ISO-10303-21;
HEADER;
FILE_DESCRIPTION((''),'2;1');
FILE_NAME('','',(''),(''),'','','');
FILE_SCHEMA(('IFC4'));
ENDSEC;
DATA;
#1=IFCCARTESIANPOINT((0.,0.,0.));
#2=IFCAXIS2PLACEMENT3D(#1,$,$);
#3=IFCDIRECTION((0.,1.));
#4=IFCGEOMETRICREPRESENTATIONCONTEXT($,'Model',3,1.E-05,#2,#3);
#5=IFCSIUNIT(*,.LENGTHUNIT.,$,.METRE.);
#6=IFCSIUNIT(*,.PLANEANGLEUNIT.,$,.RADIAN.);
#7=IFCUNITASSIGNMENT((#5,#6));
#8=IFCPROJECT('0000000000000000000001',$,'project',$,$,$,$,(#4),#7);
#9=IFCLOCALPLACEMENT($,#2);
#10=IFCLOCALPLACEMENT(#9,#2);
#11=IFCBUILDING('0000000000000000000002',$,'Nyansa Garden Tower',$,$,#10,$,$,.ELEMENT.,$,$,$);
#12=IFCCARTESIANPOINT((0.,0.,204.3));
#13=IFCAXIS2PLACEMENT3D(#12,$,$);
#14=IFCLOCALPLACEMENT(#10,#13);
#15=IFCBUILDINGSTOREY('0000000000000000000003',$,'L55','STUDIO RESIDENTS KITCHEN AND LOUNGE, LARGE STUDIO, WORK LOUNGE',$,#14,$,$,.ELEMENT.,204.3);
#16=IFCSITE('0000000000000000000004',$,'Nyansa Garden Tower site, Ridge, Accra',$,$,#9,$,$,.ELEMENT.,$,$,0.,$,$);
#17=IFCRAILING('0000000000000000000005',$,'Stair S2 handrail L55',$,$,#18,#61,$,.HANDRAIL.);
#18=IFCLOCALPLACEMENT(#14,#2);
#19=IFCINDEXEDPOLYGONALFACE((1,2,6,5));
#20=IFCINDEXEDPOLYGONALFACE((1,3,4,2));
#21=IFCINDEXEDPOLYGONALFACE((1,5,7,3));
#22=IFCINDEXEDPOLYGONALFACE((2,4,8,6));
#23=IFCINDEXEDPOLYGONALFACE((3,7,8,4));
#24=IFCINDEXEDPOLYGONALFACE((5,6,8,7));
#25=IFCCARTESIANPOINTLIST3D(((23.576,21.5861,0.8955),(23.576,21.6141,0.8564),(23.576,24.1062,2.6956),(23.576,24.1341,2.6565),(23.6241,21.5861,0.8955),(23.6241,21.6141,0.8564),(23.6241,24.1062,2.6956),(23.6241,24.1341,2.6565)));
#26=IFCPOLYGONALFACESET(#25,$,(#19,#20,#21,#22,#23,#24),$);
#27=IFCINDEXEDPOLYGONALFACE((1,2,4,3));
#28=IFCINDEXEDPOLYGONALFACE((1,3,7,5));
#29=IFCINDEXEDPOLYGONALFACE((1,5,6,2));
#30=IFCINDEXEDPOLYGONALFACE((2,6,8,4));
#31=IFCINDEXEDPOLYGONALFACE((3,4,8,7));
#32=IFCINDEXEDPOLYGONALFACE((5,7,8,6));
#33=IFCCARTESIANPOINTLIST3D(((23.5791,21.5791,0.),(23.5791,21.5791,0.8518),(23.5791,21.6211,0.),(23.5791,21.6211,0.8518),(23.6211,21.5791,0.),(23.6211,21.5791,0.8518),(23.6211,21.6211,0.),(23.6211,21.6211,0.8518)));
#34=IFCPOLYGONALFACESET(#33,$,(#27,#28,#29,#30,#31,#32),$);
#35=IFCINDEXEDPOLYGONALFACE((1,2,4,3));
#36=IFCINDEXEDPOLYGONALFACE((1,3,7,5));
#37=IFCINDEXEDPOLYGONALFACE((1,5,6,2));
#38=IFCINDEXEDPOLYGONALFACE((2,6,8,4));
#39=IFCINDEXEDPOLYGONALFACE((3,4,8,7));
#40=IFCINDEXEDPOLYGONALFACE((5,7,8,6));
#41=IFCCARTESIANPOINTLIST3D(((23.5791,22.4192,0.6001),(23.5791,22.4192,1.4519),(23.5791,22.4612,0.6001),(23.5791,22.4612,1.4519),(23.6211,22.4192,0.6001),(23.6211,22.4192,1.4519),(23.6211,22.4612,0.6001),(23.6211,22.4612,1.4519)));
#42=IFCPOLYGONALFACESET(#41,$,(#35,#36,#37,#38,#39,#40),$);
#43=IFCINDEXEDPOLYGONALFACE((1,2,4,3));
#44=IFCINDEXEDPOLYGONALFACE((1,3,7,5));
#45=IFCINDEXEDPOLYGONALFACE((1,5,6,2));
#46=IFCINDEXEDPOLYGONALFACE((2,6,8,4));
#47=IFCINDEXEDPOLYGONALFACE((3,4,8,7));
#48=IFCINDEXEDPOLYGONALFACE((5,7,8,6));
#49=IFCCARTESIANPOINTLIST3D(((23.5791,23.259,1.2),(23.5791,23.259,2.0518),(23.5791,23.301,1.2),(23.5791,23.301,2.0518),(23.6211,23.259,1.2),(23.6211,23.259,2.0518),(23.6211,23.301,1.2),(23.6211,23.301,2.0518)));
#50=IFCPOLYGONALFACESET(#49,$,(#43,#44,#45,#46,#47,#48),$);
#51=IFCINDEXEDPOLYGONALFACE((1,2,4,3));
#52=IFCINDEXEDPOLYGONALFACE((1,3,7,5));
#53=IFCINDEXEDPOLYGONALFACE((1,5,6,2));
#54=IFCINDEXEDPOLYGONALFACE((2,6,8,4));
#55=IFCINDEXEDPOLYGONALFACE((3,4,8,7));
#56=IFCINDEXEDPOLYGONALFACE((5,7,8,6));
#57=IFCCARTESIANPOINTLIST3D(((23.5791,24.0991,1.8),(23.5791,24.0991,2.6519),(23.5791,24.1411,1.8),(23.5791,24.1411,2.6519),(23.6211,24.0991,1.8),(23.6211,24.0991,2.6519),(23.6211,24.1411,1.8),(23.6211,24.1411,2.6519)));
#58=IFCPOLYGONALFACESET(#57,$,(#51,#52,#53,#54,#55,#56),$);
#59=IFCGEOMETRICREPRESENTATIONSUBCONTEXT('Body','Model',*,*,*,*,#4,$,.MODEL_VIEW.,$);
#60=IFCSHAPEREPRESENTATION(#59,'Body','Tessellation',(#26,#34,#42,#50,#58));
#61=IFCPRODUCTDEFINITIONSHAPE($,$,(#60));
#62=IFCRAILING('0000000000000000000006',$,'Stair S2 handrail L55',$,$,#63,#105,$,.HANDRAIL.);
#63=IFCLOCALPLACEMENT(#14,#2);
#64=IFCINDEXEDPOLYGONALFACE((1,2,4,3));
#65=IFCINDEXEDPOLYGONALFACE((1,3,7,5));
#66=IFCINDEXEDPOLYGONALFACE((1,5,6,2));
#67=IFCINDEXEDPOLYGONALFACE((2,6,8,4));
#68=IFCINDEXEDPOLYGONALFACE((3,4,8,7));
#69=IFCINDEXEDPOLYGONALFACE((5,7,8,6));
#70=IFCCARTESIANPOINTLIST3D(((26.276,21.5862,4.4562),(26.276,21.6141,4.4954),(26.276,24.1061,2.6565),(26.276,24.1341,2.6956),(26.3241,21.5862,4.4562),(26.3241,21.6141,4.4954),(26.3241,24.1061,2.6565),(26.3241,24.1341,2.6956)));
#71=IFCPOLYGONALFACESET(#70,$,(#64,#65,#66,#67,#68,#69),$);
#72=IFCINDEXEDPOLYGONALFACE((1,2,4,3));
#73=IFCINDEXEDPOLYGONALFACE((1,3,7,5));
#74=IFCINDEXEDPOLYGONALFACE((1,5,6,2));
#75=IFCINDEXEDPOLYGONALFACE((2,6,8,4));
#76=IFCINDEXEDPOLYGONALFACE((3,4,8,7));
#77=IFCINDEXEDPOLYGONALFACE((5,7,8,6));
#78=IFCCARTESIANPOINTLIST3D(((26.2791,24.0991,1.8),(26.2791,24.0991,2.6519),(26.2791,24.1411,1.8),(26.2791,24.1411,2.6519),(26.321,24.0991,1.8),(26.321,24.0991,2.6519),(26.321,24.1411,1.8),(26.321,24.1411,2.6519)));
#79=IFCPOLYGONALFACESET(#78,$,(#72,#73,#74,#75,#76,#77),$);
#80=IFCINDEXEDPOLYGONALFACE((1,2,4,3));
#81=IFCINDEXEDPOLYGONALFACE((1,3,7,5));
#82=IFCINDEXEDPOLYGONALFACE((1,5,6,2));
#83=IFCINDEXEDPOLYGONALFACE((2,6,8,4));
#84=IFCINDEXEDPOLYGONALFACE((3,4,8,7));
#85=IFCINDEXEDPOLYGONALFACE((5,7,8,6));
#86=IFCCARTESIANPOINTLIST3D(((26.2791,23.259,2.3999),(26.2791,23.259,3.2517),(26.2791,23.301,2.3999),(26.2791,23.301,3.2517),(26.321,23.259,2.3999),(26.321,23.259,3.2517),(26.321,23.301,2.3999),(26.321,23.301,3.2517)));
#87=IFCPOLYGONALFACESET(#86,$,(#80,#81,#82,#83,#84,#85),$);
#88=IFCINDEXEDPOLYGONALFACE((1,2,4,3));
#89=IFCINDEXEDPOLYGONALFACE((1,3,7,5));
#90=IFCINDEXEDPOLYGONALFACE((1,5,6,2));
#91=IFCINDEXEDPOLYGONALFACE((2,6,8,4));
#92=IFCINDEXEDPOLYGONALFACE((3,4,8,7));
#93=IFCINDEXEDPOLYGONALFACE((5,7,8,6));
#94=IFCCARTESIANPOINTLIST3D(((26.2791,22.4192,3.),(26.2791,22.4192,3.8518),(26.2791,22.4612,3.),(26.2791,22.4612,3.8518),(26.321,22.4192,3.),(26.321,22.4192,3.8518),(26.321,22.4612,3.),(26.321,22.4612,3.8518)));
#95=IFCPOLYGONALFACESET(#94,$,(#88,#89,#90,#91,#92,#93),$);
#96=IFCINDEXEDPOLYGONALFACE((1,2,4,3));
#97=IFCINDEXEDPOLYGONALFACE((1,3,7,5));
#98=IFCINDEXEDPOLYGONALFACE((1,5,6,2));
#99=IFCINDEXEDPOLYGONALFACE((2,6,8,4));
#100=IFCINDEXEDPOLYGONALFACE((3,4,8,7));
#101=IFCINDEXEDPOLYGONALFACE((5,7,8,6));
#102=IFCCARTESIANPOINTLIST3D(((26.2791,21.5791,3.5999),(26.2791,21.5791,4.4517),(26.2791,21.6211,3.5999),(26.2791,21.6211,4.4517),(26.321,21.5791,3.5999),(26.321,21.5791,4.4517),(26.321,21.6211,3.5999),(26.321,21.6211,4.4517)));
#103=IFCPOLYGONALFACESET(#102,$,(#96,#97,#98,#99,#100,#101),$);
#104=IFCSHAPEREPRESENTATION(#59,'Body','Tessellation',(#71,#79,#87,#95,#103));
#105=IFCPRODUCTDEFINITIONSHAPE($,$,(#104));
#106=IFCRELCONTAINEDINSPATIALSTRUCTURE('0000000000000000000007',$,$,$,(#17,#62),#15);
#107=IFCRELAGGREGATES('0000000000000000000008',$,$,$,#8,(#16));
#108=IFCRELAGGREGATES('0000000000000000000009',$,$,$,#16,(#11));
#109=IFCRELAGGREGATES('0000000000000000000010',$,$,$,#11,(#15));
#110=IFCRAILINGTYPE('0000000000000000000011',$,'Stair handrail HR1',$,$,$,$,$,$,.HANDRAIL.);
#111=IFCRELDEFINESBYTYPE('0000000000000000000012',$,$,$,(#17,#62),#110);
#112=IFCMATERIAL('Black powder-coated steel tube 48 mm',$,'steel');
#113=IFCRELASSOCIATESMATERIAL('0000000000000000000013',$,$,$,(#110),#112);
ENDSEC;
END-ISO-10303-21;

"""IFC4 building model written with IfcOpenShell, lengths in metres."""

from ifc_helpers import new_model, si_unit, direction, frame, origin, origin_2d, place, context, subcontext, project, spatial, rectangle, extrude, material, type_object, element, save


model = new_model("IFC4")

# Units and contexts
model_context = context("Model", 3, precision=1e-05, world=origin(), true_north=direction((0.0, 1.0)))
body_context = subcontext(model_context, "Body", "Model", "MODEL_VIEW")
ifc_project = project(units=[si_unit("LENGTHUNIT", "METRE"), si_unit("PLANEANGLEUNIT", "RADIAN")], contexts=[model_context])

# Site, building, storey
site_placement = place(None, origin())
site = spatial("IfcSite", under=ifc_project, at=site_placement, Name="Nyansa Garden Tower site, Ridge, Accra", CompositionType="ELEMENT", RefElevation=0.0)
building_placement = place(site_placement, origin())
building = spatial("IfcBuilding", under=site, at=building_placement, Name="Nyansa Garden Tower", CompositionType="ELEMENT")
storey_placement = place(building_placement, frame((0.0, 0.0, 204.3)))
storey = spatial("IfcBuildingStorey", under=building, at=storey_placement, Name="L55", Description="STUDIO RESIDENTS KITCHEN AND LOUNGE, LARGE STUDIO, WORK LOUNGE", CompositionType="ELEMENT", Elevation=204.3)

# Railings
ifc_material_1 = material(Name="Black powder-coated steel tube 48 mm", Category="steel")
railing_type = type_object("IfcRailingType", Name="Stair handrail HR1", PredefinedType="HANDRAIL", material=ifc_material_1)
railing_1_placement = place(storey_placement, frame((23.6001, 21.6001, 0.0)))
element("IfcRailing", 1, at=railing_1_placement, inside=storey, type_object=railing_type, Name="Stair S2 handrail L55", PredefinedType="HANDRAIL", context=body_context, shape_type="SweptSolid", body=[
    extrude(rectangle(XDim=0.0481, YDim=0.0481, at=origin_2d()), frame((0.0, 0.0, 0.876), z_axis=(0.0, 0.813728, 0.581246), x_axis=(-1.0, 0.0, 0.0)), (0.0, 0.0, 1.0), 3.0969),
    extrude(rectangle(XDim=0.042, YDim=0.042, at=origin_2d()), origin(), (0.0, 0.0, 1.0), 0.8518),
    extrude(rectangle(XDim=0.042, YDim=0.042, at=origin_2d()), frame((0.0, 0.8401, 0.6001)), (0.0, 0.0, 1.0), 0.8518),
    extrude(rectangle(XDim=0.042, YDim=0.042, at=origin_2d()), frame((0.0, 1.6799, 1.2)), (0.0, 0.0, 1.0), 0.8518),
    extrude(rectangle(XDim=0.042, YDim=0.042, at=origin_2d()), frame((0.0, 2.52, 1.8)), (0.0, 0.0, 1.0), 0.8518),
])
railing_2_placement = place(storey_placement, frame((26.3, 24.1201, 1.8)))
element("IfcRailing", 2, at=railing_2_placement, inside=storey, type_object=railing_type, Name="Stair S2 handrail L55", PredefinedType="HANDRAIL", context=body_context, shape_type="SweptSolid", body=[
    extrude(rectangle(XDim=0.0481, YDim=0.0481, at=origin_2d()), frame((0.0, 0.0, 0.876), z_axis=(0.0, -0.813765, 0.581193), x_axis=(1.0, 0.0, 0.0)), (0.0, 0.0, 1.0), 3.0967),
    extrude(rectangle(XDim=0.042, YDim=0.042, at=origin_2d()), origin(), (0.0, 0.0, 1.0), 0.8518),
    extrude(rectangle(XDim=0.042, YDim=0.042, at=origin_2d()), frame((0.0, -0.8401, 0.5999)), (0.0, 0.0, 1.0), 0.8518),
    extrude(rectangle(XDim=0.042, YDim=0.042, at=origin_2d()), frame((0.0, -1.6799, 1.2)), (0.0, 0.0, 1.0), 0.8518),
    extrude(rectangle(XDim=0.042, YDim=0.042, at=origin_2d()), frame((0.0, -2.52, 1.7998)), (0.0, 0.0, 1.0), 0.8518),
])

save(model, "model.ifc")
